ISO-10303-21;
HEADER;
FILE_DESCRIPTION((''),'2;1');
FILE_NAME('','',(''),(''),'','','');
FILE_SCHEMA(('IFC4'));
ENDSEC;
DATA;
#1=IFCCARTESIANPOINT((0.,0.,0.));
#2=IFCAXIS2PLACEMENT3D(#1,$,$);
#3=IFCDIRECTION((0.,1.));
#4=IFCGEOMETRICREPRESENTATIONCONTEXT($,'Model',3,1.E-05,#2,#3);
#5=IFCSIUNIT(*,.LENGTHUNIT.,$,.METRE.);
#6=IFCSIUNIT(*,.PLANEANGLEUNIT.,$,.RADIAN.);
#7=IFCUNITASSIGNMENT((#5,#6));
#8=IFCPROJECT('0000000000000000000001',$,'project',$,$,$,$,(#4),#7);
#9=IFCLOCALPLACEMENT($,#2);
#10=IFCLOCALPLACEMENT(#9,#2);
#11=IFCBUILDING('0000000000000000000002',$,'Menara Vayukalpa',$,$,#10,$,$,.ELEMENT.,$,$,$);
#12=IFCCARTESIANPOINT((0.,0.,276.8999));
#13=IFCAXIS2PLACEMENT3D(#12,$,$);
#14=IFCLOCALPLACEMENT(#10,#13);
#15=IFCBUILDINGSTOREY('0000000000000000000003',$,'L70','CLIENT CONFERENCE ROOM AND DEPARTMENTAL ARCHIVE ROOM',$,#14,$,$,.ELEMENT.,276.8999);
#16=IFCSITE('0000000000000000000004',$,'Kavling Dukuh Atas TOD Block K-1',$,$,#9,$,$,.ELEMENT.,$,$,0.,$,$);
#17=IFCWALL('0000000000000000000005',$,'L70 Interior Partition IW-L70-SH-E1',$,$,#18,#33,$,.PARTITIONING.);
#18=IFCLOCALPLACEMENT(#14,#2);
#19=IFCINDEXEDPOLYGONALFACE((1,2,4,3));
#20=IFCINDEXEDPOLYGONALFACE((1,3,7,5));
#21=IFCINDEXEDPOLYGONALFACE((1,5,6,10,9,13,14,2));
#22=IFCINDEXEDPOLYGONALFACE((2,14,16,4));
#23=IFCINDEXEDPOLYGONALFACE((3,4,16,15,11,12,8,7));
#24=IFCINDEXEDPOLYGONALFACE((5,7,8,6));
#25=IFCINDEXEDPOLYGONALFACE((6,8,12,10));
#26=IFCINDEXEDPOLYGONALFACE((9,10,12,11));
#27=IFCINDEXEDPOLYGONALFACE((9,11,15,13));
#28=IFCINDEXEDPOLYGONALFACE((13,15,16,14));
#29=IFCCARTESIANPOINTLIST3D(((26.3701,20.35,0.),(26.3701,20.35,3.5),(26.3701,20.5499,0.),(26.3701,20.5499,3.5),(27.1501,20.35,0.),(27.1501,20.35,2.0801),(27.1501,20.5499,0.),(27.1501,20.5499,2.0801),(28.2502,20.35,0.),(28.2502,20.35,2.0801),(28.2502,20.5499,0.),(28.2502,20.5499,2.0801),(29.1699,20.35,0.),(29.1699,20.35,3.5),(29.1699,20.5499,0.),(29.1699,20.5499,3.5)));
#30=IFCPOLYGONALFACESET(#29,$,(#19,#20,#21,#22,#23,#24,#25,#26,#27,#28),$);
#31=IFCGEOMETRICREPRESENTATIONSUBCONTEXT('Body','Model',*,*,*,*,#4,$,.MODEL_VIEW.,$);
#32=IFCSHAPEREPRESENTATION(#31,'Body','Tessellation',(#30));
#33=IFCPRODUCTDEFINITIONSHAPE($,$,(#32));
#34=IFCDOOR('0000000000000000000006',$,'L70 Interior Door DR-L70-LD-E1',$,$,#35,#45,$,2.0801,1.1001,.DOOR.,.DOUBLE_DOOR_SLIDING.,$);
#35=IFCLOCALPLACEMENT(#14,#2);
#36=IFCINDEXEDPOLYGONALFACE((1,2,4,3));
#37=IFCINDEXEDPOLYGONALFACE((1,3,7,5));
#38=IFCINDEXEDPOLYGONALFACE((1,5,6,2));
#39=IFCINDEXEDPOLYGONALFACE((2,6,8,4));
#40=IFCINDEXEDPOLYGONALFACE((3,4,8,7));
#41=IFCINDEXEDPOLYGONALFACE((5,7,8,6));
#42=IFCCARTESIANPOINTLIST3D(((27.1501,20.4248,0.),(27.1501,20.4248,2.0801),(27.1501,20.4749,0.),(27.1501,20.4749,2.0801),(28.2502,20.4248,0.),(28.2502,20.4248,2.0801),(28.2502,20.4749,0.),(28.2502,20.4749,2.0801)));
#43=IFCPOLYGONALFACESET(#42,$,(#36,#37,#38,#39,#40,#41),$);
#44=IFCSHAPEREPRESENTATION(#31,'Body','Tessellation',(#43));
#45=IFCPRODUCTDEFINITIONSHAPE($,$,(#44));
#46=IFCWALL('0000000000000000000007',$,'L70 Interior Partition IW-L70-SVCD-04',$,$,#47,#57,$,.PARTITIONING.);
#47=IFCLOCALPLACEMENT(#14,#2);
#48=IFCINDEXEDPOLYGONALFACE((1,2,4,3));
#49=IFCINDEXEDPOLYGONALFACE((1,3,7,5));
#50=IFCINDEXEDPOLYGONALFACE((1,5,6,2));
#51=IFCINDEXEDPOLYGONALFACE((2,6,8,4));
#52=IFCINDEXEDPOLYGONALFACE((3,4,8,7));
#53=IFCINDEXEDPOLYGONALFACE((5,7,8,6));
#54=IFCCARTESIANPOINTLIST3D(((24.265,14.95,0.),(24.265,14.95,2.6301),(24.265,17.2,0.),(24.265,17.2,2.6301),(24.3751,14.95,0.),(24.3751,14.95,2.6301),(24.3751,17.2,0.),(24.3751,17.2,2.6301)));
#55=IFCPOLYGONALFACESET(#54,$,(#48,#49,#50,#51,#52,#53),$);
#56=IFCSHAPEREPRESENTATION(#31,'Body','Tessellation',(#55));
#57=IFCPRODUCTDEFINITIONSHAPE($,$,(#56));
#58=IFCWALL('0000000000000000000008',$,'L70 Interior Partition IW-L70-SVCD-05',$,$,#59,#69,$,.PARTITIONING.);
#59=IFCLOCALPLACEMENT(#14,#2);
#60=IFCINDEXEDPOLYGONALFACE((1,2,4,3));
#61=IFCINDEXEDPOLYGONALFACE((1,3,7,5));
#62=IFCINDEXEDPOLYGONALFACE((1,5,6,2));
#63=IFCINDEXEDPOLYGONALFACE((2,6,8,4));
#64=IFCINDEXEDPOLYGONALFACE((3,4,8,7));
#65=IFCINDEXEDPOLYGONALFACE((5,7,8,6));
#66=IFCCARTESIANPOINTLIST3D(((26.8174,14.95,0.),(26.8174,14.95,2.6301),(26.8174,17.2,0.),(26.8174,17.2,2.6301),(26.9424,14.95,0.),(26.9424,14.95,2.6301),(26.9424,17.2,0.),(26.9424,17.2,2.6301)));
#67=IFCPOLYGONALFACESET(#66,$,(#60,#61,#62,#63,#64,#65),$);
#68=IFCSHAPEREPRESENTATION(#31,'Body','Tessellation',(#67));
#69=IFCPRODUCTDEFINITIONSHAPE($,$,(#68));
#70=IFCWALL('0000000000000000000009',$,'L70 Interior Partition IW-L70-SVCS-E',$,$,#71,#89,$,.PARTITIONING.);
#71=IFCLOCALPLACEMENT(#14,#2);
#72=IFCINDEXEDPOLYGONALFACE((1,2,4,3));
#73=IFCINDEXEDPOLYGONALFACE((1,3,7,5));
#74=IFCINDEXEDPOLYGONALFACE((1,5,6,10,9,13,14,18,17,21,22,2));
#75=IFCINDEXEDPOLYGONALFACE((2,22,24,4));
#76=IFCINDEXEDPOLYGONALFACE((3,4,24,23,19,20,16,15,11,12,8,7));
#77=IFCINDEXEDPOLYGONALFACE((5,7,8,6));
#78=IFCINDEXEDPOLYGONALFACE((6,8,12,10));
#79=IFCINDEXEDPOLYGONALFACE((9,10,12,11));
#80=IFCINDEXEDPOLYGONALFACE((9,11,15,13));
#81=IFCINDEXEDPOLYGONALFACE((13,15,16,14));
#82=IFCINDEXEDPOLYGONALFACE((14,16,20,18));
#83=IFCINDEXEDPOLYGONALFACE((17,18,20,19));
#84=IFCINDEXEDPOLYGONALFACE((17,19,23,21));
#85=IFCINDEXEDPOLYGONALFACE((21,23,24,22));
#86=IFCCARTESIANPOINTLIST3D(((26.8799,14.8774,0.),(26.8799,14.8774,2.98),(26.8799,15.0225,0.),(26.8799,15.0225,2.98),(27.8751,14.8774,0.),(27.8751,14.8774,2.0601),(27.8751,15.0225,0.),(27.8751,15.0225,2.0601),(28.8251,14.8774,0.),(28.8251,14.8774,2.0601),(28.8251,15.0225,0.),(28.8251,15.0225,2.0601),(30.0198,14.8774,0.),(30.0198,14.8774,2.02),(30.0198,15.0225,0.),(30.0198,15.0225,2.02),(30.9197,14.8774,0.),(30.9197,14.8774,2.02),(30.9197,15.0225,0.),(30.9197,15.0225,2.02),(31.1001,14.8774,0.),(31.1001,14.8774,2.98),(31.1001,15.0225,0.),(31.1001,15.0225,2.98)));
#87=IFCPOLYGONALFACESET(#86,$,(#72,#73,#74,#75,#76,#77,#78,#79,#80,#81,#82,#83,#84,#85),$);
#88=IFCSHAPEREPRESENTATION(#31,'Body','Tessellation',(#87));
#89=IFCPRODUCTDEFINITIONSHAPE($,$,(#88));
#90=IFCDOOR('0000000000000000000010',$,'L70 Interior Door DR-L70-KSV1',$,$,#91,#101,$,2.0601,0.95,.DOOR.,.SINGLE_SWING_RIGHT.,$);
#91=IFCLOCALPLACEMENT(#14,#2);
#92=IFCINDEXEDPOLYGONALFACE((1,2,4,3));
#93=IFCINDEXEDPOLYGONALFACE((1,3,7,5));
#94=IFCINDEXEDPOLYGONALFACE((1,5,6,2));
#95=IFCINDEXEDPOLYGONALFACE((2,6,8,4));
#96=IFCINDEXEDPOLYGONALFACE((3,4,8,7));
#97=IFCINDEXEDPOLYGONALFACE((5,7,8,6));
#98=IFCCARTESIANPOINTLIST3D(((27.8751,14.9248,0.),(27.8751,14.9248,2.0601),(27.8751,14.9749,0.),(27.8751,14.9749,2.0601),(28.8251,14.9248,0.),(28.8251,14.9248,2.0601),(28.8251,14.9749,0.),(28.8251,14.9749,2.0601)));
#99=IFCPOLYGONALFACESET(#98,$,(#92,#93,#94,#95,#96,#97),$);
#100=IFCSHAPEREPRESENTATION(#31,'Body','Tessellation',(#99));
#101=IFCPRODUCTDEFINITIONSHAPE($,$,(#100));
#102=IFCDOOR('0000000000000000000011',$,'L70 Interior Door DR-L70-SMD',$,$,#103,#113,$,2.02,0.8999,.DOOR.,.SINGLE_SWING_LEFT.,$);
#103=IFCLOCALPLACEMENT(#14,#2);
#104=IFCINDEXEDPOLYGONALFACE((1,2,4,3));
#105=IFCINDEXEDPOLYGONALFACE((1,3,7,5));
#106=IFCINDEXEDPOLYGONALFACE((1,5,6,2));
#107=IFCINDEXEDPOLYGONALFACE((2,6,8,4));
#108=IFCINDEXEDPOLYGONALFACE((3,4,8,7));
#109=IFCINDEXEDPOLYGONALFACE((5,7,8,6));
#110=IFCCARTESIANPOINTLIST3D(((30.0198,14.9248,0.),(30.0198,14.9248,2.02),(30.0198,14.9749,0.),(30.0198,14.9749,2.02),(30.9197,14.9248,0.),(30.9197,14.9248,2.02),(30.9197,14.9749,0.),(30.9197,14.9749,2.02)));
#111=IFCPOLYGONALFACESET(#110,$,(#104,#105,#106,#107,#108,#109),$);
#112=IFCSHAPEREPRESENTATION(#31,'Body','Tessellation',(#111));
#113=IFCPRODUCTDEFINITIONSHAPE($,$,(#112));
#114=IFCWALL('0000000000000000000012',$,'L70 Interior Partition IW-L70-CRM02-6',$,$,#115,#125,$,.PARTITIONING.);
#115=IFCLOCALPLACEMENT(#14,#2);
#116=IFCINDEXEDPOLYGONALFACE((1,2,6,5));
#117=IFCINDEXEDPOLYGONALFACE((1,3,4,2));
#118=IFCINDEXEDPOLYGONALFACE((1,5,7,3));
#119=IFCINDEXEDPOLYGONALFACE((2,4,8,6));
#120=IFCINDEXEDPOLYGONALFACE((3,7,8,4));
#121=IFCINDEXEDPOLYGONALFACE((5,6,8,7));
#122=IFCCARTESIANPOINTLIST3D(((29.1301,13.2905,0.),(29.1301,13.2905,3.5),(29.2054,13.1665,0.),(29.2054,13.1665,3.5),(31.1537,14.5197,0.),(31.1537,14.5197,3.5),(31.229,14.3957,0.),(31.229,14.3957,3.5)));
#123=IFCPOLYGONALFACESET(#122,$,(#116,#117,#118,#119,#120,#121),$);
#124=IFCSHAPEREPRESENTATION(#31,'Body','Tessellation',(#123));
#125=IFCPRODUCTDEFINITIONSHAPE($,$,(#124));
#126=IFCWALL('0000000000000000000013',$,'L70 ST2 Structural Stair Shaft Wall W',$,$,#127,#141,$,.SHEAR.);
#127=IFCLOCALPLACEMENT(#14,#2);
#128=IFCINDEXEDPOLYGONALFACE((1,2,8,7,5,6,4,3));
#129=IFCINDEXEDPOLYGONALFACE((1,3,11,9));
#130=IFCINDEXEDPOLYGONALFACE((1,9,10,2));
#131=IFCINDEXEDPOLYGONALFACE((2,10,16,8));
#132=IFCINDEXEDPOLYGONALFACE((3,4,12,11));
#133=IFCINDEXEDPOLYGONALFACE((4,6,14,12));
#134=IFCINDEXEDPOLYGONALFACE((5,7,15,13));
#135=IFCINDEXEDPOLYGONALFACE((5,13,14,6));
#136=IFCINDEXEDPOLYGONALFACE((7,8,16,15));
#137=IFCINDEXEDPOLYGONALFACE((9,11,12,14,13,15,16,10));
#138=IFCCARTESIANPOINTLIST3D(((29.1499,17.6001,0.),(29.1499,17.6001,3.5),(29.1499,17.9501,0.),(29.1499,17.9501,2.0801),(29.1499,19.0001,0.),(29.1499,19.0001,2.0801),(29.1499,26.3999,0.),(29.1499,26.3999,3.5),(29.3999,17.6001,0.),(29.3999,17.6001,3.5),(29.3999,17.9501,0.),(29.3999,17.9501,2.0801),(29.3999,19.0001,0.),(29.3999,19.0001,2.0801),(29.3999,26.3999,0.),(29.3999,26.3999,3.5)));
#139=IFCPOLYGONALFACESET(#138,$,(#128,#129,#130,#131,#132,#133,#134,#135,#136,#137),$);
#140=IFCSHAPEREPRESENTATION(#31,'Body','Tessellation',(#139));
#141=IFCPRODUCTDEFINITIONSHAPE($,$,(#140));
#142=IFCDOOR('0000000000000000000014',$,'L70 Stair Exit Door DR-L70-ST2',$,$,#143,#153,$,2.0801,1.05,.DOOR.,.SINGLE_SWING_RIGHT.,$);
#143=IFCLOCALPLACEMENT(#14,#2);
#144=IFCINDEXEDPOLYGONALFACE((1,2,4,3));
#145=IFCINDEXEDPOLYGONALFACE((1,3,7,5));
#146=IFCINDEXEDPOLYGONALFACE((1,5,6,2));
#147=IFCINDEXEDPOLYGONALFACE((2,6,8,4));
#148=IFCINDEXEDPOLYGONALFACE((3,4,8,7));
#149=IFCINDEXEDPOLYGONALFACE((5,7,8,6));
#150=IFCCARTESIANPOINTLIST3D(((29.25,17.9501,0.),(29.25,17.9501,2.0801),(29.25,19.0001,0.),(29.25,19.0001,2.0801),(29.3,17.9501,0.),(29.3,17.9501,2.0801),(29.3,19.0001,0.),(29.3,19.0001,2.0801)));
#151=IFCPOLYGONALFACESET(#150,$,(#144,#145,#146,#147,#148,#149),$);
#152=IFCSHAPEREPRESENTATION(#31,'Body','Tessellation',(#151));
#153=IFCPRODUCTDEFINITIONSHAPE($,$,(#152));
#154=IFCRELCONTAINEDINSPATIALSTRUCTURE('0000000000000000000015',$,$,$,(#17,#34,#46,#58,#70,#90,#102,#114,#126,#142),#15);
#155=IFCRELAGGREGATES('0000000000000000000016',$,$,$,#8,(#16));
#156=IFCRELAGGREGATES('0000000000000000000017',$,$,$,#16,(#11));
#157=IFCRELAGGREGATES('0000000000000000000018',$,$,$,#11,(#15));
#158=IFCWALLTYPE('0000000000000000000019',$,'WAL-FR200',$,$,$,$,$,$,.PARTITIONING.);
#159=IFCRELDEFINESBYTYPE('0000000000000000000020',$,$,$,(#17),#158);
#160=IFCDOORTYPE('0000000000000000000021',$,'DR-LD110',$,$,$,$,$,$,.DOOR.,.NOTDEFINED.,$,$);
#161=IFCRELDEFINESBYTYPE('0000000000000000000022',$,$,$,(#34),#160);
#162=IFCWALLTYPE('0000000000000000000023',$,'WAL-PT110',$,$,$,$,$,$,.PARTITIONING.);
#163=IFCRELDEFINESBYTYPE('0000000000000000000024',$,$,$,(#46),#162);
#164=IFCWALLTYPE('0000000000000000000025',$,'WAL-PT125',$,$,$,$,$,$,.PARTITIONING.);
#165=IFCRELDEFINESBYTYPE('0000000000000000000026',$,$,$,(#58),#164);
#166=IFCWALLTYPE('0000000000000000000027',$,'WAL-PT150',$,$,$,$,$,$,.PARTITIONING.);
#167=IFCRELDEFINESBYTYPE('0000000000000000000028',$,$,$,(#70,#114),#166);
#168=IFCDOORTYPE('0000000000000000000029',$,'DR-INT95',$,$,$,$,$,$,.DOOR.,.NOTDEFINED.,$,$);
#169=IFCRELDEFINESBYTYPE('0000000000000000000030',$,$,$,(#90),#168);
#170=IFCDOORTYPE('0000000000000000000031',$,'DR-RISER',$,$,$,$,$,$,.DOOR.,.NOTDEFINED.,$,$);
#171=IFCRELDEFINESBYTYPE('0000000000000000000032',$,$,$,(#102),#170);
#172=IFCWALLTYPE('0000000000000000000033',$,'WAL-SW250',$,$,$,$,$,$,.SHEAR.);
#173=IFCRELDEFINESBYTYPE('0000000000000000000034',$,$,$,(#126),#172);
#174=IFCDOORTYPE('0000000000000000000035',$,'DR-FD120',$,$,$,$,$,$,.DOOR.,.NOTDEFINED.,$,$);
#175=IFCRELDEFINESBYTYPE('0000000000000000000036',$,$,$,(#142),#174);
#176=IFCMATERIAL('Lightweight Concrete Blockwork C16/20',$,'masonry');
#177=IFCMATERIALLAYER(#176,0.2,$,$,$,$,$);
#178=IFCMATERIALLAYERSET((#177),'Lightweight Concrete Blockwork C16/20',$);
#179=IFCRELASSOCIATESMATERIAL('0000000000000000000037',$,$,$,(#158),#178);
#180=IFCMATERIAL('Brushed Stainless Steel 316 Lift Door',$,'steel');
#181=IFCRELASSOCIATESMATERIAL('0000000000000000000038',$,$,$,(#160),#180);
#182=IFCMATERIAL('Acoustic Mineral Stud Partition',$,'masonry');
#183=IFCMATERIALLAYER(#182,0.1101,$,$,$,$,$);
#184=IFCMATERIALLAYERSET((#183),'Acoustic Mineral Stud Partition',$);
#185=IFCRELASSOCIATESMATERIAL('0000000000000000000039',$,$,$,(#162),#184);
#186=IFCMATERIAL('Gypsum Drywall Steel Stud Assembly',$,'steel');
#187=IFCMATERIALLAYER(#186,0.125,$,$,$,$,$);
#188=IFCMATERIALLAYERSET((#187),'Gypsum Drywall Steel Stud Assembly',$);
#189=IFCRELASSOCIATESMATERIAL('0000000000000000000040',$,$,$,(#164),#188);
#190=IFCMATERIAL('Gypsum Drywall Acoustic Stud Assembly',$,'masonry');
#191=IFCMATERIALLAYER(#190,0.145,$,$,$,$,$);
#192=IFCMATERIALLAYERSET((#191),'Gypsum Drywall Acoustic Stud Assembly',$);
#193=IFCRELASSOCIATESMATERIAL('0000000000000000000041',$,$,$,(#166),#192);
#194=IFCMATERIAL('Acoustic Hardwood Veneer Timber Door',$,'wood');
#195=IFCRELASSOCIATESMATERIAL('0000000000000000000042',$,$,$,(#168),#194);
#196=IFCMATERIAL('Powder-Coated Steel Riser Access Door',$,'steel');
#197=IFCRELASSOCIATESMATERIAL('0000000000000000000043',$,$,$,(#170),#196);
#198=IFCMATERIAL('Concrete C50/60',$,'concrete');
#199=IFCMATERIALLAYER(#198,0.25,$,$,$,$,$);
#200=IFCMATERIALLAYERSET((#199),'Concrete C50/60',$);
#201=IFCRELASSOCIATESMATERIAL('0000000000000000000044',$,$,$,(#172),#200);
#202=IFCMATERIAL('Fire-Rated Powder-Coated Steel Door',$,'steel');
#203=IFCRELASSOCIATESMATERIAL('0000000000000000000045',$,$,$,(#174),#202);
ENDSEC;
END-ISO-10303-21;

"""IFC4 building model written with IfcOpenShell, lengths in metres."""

from ifc_helpers import new_model, si_unit, direction, frame, frame_2d, origin, place, context, subcontext, project, spatial, rectangle, extrude, material, layer, layer_set, type_object, element, fill, save


model = new_model("IFC4")

# Units and contexts
model_context = context("Model", 3, precision=1e-05, world=origin(), true_north=direction((0.0, 1.0)))
body_context = subcontext(model_context, "Body", "Model", "MODEL_VIEW")
ifc_project = project(units=[si_unit("LENGTHUNIT", "METRE"), si_unit("PLANEANGLEUNIT", "RADIAN")], contexts=[model_context])

# Site, building, storey
site_placement = place(None, origin())
site = spatial("IfcSite", under=ifc_project, at=site_placement, Name="Kavling Dukuh Atas TOD Block K-1", CompositionType="ELEMENT", RefElevation=0.0)
building_placement = place(site_placement, origin())
building = spatial("IfcBuilding", under=site, at=building_placement, Name="Menara Vayukalpa", CompositionType="ELEMENT")
storey_placement = place(building_placement, frame((0.0, 0.0, 276.8999)))
storey = spatial("IfcBuildingStorey", under=building, at=storey_placement, Name="L70", Description="CLIENT CONFERENCE ROOM AND DEPARTMENTAL ARCHIVE ROOM", CompositionType="ELEMENT", Elevation=276.8999)

# Wall, opening, door
ifc_material_1 = material(Name="Lightweight Concrete Blockwork C16/20", Category="masonry")
ifc_layer_1 = layer(ifc_material_1, 0.2)
ifc_layer_set_1 = layer_set([ifc_layer_1], Name="Lightweight Concrete Blockwork C16/20")
wall_type_1 = type_object("IfcWallType", Name="WAL-FR200", PredefinedType="PARTITIONING", material=ifc_layer_set_1)
wall_1_placement = place(storey_placement, frame((26.3701, 20.45, 0.0), z_axis=(0.0, 0.0, 1.0), x_axis=(1.0, 0.0, 0.0)))
wall_1 = element("IfcWall", 1, at=wall_1_placement, inside=storey, type_object=wall_type_1, Name="L70 Interior Partition IW-L70-SH-E1", PredefinedType="PARTITIONING", context=body_context, shape_type="SweptSolid", body=[
    extrude(rectangle(XDim=2.7998, YDim=0.2, at=frame_2d((1.3999, 0.0))), origin(), (0.0, 0.0, 1.0), 3.5),
])
opening_1_placement = place(wall_1_placement, frame((0.78, 0.0, 0.0)))
opening_1 = element("IfcOpeningElement", 2, at=opening_1_placement, cuts=wall_1, PredefinedType="OPENING", context=body_context, shape_type="SweptSolid", body=[
    extrude(rectangle(XDim=1.1001, YDim=2.0801, at=frame_2d((0.55, 1.04))), frame((0.0, 0.1099, 0.0), z_axis=(0.0, -1.0, 0.0), x_axis=(1.0, 0.0, 0.0)), (0.0, 0.0, 1.0), 0.22),
])
ifc_material_2 = material(Name="Brushed Stainless Steel 316 Lift Door", Category="steel")
door_type_1 = type_object("IfcDoorType", Name="DR-LD110", OperationType="NOTDEFINED", PredefinedType="DOOR", material=ifc_material_2)
door_1_placement = place(opening_1_placement, origin())
door_1 = element("IfcDoor", 3, at=door_1_placement, inside=storey, type_object=door_type_1, Name="L70 Interior Door DR-L70-LD-E1", OperationType="DOUBLE_DOOR_SLIDING", OverallHeight=2.0801, OverallWidth=1.1001, PredefinedType="DOOR", context=body_context, shape_type="SweptSolid", body=[
    extrude(rectangle(XDim=1.1001, YDim=2.0801, at=frame_2d((0.55, 1.04))), frame((0.0, 0.0249, 0.0), z_axis=(0.0, -1.0, 0.0), x_axis=(1.0, 0.0, 0.0)), (0.0, 0.0, 1.0), 0.05),
])
fill(opening_1, door_1)

# Walls
ifc_material_3 = material(Name="Acoustic Mineral Stud Partition", Category="masonry")
ifc_layer_2 = layer(ifc_material_3, 0.1101)
ifc_layer_set_2 = layer_set([ifc_layer_2], Name="Acoustic Mineral Stud Partition")
wall_type_2 = type_object("IfcWallType", Name="WAL-PT110", PredefinedType="PARTITIONING", material=ifc_layer_set_2)
wall_2_placement = place(storey_placement, frame((24.3201, 14.95, 0.0), z_axis=(0.0, 0.0, 1.0), x_axis=(0.0, 1.0, 0.0)))
element("IfcWall", 4, at=wall_2_placement, inside=storey, type_object=wall_type_2, Name="L70 Interior Partition IW-L70-SVCD-04", PredefinedType="PARTITIONING", context=body_context, shape_type="SweptSolid", body=[
    extrude(rectangle(XDim=2.25, YDim=0.1101, at=frame_2d((1.125, 0.0))), origin(), (0.0, 0.0, 1.0), 2.6301),
])
ifc_material_4 = material(Name="Gypsum Drywall Steel Stud Assembly", Category="steel")
ifc_layer_3 = layer(ifc_material_4, 0.125)
ifc_layer_set_3 = layer_set([ifc_layer_3], Name="Gypsum Drywall Steel Stud Assembly")
wall_type_3 = type_object("IfcWallType", Name="WAL-PT125", PredefinedType="PARTITIONING", material=ifc_layer_set_3)
wall_3_placement = place(storey_placement, frame((26.8799, 14.95, 0.0), z_axis=(0.0, 0.0, 1.0), x_axis=(0.0, 1.0, 0.0)))
element("IfcWall", 5, at=wall_3_placement, inside=storey, type_object=wall_type_3, Name="L70 Interior Partition IW-L70-SVCD-05", PredefinedType="PARTITIONING", context=body_context, shape_type="SweptSolid", body=[
    extrude(rectangle(XDim=2.25, YDim=0.125, at=frame_2d((1.125, 0.0))), origin(), (0.0, 0.0, 1.0), 2.6301),
])

# Wall, openings, doors
ifc_material_5 = material(Name="Gypsum Drywall Acoustic Stud Assembly", Category="masonry")
ifc_layer_4 = layer(ifc_material_5, 0.145)
ifc_layer_set_4 = layer_set([ifc_layer_4], Name="Gypsum Drywall Acoustic Stud Assembly")
wall_type_4 = type_object("IfcWallType", Name="WAL-PT150", PredefinedType="PARTITIONING", material=ifc_layer_set_4)
wall_4_placement = place(storey_placement, frame((26.8799, 14.95, 0.0), z_axis=(0.0, 0.0, 1.0), x_axis=(1.0, 0.0, 0.0)))
wall_4 = element("IfcWall", 6, at=wall_4_placement, inside=storey, type_object=wall_type_4, Name="L70 Interior Partition IW-L70-SVCS-E", PredefinedType="PARTITIONING", context=body_context, shape_type="SweptSolid", body=[
    extrude(rectangle(XDim=4.2202, YDim=0.145, at=frame_2d((2.1101, 0.0))), origin(), (0.0, 0.0, 1.0), 2.98),
])
opening_2_placement = place(wall_4_placement, frame((0.9951, 0.0, 0.0)))
opening_2 = element("IfcOpeningElement", 7, at=opening_2_placement, cuts=wall_4, PredefinedType="OPENING", context=body_context, shape_type="SweptSolid", body=[
    extrude(rectangle(XDim=0.95, YDim=2.0601, at=frame_2d((0.4751, 1.03))), frame((0.0, 0.0825, 0.0), z_axis=(0.0, -1.0, 0.0), x_axis=(1.0, 0.0, 0.0)), (0.0, 0.0, 1.0), 0.165),
])
opening_3_placement = place(wall_4_placement, frame((3.1399, 0.0, 0.0)))
opening_3 = element("IfcOpeningElement", 8, at=opening_3_placement, cuts=wall_4, PredefinedType="OPENING", context=body_context, shape_type="SweptSolid", body=[
    extrude(rectangle(XDim=0.8999, YDim=2.02, at=frame_2d((0.45, 1.01))), frame((0.0, 0.0825, 0.0), z_axis=(0.0, -1.0, 0.0), x_axis=(1.0, 0.0, 0.0)), (0.0, 0.0, 1.0), 0.165),
])
ifc_material_6 = material(Name="Acoustic Hardwood Veneer Timber Door", Category="wood")
door_type_2 = type_object("IfcDoorType", Name="DR-INT95", OperationType="NOTDEFINED", PredefinedType="DOOR", material=ifc_material_6)
door_2_placement = place(opening_2_placement, origin())
door_2 = element("IfcDoor", 9, at=door_2_placement, inside=storey, type_object=door_type_2, Name="L70 Interior Door DR-L70-KSV1", OperationType="SINGLE_SWING_RIGHT", OverallHeight=2.0601, OverallWidth=0.95, PredefinedType="DOOR", context=body_context, shape_type="SweptSolid", body=[
    extrude(rectangle(XDim=0.95, YDim=2.0601, at=frame_2d((0.4751, 1.03))), frame((0.0, 0.0249, 0.0), z_axis=(0.0, -1.0, 0.0), x_axis=(1.0, 0.0, 0.0)), (0.0, 0.0, 1.0), 0.05),
])
fill(opening_2, door_2)
ifc_material_7 = material(Name="Powder-Coated Steel Riser Access Door", Category="steel")
door_type_3 = type_object("IfcDoorType", Name="DR-RISER", OperationType="NOTDEFINED", PredefinedType="DOOR", material=ifc_material_7)
door_3_placement = place(opening_3_placement, origin())
door_3 = element("IfcDoor", 10, at=door_3_placement, inside=storey, type_object=door_type_3, Name="L70 Interior Door DR-L70-SMD", OperationType="SINGLE_SWING_LEFT", OverallHeight=2.02, OverallWidth=0.8999, PredefinedType="DOOR", context=body_context, shape_type="SweptSolid", body=[
    extrude(rectangle(XDim=0.8999, YDim=2.02, at=frame_2d((0.45, 1.01))), frame((0.0, 0.0249, 0.0), z_axis=(0.0, -1.0, 0.0), x_axis=(1.0, 0.0, 0.0)), (0.0, 0.0, 1.0), 0.05),
])
fill(opening_3, door_3)

# Wall
wall_5_placement = place(storey_placement, frame((29.1677, 13.2285, 0.0), z_axis=(0.0, 0.0, 1.0), x_axis=(0.854678, 0.519158, 0.0)))
element("IfcWall", 11, at=wall_5_placement, inside=storey, type_object=wall_type_4, Name="L70 Interior Partition IW-L70-CRM02-6", PredefinedType="PARTITIONING", context=body_context, shape_type="SweptSolid", body=[
    extrude(rectangle(XDim=2.3677, YDim=0.145, at=frame_2d((1.1838, 0.0))), origin(), (0.0, 0.0, 1.0), 3.5),
])

# Wall, opening, door
ifc_material_8 = material(Name="Concrete C50/60", Category="concrete")
ifc_layer_5 = layer(ifc_material_8, 0.25)
ifc_layer_set_5 = layer_set([ifc_layer_5], Name="Concrete C50/60")
wall_type_5 = type_object("IfcWallType", Name="WAL-SW250", PredefinedType="SHEAR", material=ifc_layer_set_5)
wall_6_placement = place(storey_placement, frame((29.2749, 17.6001, 0.0), z_axis=(0.0, 0.0, 1.0), x_axis=(0.0, 1.0, 0.0)))
wall_6 = element("IfcWall", 12, at=wall_6_placement, inside=storey, type_object=wall_type_5, Name="L70 ST2 Structural Stair Shaft Wall W", PredefinedType="SHEAR", context=body_context, shape_type="SweptSolid", body=[
    extrude(rectangle(XDim=8.7998, YDim=0.25, at=frame_2d((4.3999, 0.0))), origin(), (0.0, 0.0, 1.0), 3.5),
])
opening_4_placement = place(wall_6_placement, frame((0.3501, 0.0, 0.0)))
opening_4 = element("IfcOpeningElement", 13, at=opening_4_placement, cuts=wall_6, PredefinedType="OPENING", context=body_context, shape_type="SweptSolid", body=[
    extrude(rectangle(XDim=1.05, YDim=2.0801, at=frame_2d((0.5249, 1.04))), frame((0.0, 0.135, 0.0), z_axis=(0.0, -1.0, 0.0), x_axis=(1.0, 0.0, 0.0)), (0.0, 0.0, 1.0), 0.27),
])
ifc_material_9 = material(Name="Fire-Rated Powder-Coated Steel Door", Category="steel")
door_type_4 = type_object("IfcDoorType", Name="DR-FD120", OperationType="NOTDEFINED", PredefinedType="DOOR", material=ifc_material_9)
door_4_placement = place(opening_4_placement, origin())
door_4 = element("IfcDoor", 14, at=door_4_placement, inside=storey, type_object=door_type_4, Name="L70 Stair Exit Door DR-L70-ST2", OperationType="SINGLE_SWING_RIGHT", OverallHeight=2.0801, OverallWidth=1.05, PredefinedType="DOOR", context=body_context, shape_type="SweptSolid", body=[
    extrude(rectangle(XDim=1.05, YDim=2.0801, at=frame_2d((0.5249, 1.04))), frame((0.0, 0.0249, 0.0), z_axis=(0.0, -1.0, 0.0), x_axis=(1.0, 0.0, 0.0)), (0.0, 0.0, 1.0), 0.05),
])
fill(opening_4, door_4)

save(model, "model.ifc")
